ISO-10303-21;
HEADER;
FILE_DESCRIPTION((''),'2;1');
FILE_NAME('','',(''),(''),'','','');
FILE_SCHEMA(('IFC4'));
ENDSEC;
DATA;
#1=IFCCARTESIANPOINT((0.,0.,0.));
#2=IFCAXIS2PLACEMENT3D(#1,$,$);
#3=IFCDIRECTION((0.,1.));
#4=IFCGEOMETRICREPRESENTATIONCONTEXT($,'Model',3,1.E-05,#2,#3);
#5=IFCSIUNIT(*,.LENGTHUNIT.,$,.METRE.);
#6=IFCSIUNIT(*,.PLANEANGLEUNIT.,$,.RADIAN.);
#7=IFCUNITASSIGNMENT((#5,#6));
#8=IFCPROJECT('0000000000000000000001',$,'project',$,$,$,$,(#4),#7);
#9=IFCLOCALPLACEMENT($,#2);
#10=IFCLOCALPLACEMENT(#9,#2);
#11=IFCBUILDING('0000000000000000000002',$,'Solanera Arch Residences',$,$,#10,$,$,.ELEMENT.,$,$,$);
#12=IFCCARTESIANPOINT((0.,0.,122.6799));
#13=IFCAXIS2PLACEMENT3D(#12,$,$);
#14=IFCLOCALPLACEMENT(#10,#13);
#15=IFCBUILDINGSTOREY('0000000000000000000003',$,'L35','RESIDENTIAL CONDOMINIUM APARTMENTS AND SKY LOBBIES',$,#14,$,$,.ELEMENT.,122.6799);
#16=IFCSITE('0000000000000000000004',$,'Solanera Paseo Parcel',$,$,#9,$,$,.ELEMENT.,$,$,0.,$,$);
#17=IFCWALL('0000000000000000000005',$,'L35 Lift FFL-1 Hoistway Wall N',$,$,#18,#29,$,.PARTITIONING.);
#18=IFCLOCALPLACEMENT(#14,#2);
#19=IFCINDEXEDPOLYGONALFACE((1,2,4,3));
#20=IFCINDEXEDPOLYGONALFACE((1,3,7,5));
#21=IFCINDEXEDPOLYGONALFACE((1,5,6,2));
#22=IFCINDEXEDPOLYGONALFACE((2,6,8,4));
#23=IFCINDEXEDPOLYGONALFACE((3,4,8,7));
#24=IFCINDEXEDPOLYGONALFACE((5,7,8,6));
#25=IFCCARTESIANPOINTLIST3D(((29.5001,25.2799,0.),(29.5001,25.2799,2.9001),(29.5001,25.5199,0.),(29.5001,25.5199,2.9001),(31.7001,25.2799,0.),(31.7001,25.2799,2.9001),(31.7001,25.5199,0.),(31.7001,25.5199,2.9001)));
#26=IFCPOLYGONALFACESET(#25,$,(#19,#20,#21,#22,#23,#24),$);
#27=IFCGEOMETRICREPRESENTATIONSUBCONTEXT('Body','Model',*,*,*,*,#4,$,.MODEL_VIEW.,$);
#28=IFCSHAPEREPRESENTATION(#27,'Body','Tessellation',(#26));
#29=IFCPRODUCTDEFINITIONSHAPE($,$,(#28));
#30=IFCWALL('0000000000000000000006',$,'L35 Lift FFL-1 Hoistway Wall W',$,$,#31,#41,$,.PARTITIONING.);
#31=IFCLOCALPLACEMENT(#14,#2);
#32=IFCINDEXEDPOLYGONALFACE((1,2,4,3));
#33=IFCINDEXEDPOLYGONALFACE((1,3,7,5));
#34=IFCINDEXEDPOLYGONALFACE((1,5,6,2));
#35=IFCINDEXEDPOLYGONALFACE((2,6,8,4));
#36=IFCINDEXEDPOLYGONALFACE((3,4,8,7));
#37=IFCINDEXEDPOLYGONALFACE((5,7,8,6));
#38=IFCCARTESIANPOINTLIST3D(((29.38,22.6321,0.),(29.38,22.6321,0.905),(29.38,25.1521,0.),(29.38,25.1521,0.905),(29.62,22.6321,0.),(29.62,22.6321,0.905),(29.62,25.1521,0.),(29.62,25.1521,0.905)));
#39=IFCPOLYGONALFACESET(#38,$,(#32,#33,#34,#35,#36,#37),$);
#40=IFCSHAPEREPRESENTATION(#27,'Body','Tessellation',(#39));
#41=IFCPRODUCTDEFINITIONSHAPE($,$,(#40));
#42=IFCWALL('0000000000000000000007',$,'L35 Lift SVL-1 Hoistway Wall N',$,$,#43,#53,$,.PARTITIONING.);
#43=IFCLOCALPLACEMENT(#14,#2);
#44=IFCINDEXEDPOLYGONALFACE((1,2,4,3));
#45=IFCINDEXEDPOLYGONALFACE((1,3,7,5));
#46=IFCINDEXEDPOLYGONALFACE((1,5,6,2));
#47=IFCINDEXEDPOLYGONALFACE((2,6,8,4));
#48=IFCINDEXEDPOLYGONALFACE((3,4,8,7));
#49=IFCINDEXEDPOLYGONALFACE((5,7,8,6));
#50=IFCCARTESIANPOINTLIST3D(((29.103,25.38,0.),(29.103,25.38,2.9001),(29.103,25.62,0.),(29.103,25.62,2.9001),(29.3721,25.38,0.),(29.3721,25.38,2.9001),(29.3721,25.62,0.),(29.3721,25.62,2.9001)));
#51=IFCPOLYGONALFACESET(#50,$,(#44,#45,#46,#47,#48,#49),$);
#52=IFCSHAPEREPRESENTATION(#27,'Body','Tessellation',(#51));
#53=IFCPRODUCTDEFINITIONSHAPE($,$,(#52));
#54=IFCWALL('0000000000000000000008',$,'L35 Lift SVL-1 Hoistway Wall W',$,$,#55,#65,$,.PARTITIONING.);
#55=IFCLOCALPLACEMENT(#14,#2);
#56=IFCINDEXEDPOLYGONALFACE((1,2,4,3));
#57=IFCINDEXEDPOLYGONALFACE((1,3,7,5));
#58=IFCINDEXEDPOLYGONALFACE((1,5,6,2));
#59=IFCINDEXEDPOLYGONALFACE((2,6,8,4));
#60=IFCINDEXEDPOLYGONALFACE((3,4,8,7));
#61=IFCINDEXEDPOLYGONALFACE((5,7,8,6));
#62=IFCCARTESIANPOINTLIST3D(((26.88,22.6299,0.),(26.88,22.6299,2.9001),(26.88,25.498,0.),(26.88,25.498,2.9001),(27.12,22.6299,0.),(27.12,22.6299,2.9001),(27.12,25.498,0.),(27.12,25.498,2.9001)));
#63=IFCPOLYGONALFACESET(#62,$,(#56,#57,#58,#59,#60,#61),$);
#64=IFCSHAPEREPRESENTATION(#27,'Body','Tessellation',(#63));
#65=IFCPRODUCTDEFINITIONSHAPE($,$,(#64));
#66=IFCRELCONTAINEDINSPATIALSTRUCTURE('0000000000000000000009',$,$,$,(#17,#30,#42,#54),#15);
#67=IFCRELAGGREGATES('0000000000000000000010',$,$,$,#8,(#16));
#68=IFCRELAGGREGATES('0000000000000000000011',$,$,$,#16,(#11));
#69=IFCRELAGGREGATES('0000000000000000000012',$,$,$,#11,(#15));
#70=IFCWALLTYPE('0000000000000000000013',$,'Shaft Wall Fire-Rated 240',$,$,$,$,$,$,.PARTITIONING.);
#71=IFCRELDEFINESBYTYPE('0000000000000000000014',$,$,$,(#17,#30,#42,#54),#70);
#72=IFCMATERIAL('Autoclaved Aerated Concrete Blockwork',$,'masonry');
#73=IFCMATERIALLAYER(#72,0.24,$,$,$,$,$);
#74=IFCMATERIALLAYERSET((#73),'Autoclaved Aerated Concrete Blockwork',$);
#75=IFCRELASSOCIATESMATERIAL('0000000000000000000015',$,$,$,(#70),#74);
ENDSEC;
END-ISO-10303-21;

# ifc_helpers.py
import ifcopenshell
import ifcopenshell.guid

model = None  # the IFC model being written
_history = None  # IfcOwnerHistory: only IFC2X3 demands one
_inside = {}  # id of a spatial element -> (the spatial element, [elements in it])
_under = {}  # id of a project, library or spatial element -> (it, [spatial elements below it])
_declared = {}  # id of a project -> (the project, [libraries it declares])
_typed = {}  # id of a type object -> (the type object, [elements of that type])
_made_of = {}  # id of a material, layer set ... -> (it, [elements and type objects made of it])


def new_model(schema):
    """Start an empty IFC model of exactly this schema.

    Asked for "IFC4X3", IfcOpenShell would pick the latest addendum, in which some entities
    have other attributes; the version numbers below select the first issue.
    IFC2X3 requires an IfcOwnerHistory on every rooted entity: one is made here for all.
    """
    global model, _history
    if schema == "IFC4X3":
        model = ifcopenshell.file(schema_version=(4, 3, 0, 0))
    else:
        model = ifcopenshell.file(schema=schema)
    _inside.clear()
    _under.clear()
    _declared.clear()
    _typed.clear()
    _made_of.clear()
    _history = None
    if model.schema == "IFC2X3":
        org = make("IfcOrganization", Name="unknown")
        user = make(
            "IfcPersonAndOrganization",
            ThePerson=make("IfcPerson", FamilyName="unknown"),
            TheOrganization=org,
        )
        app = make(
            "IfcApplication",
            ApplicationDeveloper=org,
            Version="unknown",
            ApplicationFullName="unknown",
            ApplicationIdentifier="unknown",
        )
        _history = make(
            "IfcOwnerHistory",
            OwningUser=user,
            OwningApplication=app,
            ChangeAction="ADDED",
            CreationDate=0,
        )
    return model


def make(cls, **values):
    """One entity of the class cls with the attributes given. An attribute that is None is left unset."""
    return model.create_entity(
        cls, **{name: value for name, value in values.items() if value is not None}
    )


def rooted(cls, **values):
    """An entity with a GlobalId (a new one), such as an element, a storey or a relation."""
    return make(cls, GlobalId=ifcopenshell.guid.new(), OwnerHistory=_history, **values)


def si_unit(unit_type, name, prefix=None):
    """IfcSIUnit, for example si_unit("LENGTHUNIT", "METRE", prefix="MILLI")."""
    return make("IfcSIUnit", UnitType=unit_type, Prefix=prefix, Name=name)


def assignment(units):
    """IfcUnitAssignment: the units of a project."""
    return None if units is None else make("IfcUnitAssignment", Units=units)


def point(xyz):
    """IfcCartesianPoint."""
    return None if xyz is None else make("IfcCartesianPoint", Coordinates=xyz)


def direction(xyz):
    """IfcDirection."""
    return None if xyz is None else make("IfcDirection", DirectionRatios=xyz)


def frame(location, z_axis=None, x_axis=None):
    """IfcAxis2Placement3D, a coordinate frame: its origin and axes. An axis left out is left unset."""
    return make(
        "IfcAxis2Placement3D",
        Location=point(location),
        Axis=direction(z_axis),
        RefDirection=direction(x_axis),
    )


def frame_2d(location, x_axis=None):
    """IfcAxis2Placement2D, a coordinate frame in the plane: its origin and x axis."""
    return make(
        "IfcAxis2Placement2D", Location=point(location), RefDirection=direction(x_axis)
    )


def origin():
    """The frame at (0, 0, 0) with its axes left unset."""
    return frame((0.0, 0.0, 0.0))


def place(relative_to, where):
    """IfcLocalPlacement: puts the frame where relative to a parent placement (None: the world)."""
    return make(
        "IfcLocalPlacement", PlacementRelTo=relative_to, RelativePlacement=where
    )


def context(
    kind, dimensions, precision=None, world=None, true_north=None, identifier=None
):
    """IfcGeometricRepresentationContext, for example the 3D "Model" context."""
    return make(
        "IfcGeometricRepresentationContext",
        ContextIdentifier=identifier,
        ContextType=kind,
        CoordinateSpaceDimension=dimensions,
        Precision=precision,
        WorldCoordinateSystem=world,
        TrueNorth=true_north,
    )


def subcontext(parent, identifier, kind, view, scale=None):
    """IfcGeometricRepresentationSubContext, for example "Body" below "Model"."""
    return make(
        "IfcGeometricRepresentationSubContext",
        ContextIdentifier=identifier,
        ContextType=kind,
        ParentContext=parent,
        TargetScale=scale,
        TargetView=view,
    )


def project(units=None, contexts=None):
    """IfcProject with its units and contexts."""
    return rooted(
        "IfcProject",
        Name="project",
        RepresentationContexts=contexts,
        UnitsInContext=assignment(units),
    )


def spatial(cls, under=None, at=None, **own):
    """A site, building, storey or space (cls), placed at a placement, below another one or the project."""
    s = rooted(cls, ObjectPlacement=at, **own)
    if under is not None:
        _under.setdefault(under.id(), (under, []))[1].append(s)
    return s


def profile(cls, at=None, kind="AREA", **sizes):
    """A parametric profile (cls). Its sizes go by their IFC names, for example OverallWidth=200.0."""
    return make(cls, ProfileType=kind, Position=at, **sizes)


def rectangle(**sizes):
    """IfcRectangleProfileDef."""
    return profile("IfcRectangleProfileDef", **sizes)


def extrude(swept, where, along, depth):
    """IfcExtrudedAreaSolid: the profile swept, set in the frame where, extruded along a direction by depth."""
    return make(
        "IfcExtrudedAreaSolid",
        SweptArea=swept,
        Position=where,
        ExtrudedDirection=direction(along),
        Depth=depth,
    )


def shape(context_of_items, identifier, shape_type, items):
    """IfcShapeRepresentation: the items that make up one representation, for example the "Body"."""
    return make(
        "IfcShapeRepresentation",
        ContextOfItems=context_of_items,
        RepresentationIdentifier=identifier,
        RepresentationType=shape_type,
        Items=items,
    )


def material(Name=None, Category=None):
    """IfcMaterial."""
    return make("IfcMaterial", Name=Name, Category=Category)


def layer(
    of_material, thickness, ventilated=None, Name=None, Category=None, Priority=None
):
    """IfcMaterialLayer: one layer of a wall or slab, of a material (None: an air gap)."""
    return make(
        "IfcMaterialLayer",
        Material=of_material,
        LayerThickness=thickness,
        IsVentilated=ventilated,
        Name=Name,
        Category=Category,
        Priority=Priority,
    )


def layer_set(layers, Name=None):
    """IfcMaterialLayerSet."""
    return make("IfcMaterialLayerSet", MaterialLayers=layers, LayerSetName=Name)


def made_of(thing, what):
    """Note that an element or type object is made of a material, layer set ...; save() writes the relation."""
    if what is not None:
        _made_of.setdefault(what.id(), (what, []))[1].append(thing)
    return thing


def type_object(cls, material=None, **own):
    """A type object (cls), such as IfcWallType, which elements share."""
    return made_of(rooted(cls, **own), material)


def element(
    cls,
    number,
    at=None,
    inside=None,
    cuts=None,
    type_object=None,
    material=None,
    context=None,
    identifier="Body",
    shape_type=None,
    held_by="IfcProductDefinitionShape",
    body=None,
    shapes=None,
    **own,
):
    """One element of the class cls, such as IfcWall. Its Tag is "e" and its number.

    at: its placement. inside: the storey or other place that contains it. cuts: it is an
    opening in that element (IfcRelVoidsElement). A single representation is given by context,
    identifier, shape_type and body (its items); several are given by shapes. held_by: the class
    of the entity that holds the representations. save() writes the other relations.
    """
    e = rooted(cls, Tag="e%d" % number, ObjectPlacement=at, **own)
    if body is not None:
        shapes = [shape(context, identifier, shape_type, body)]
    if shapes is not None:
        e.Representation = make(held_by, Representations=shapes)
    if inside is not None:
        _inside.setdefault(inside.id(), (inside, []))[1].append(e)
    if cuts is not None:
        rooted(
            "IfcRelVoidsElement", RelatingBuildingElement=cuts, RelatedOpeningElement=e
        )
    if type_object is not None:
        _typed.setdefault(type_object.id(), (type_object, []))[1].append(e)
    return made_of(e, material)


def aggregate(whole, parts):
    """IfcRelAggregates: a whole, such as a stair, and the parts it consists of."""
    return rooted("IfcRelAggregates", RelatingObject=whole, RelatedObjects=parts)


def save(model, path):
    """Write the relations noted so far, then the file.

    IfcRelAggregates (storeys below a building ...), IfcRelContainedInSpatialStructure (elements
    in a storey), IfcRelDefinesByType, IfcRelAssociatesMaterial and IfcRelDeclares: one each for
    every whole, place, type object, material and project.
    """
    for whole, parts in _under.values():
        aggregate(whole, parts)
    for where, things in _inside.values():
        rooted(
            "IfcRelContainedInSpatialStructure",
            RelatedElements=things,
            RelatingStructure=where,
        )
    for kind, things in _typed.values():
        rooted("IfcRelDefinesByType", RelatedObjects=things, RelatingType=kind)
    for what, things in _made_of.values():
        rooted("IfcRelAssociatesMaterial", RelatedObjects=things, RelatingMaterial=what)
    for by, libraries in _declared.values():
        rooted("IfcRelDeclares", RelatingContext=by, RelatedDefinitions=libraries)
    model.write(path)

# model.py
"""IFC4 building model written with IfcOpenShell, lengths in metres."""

from ifc_helpers import new_model, si_unit, direction, frame, frame_2d, origin, place, context, subcontext, project, spatial, rectangle, extrude, material, layer, layer_set, type_object, element, save


model = new_model("IFC4")

# Units and contexts
model_context = context("Model", 3, precision=1e-05, world=origin(), true_north=direction((0.0, 1.0)))
body_context = subcontext(model_context, "Body", "Model", "MODEL_VIEW")
ifc_project = project(units=[si_unit("LENGTHUNIT", "METRE"), si_unit("PLANEANGLEUNIT", "RADIAN")], contexts=[model_context])

# Site, building, storey
site_placement = place(None, origin())
site = spatial("IfcSite", under=ifc_project, at=site_placement, Name="Solanera Paseo Parcel", CompositionType="ELEMENT", RefElevation=0.0)
building_placement = place(site_placement, origin())
building = spatial("IfcBuilding", under=site, at=building_placement, Name="Solanera Arch Residences", CompositionType="ELEMENT")
storey_placement = place(building_placement, frame((0.0, 0.0, 122.6799)))
storey = spatial("IfcBuildingStorey", under=building, at=storey_placement, Name="L35", Description="RESIDENTIAL CONDOMINIUM APARTMENTS AND SKY LOBBIES", CompositionType="ELEMENT", Elevation=122.6799)

# Walls
ifc_material_1 = material(Name="Autoclaved Aerated Concrete Blockwork", Category="masonry")
ifc_layer_1 = layer(ifc_material_1, 0.24)
ifc_layer_set_1 = layer_set([ifc_layer_1], Name="Autoclaved Aerated Concrete Blockwork")
wall_type_1 = type_object("IfcWallType", Name="Shaft Wall Fire-Rated 240", PredefinedType="PARTITIONING", material=ifc_layer_set_1)
wall_1_placement = place(storey_placement, frame((29.5, 25.3999, 0.0), z_axis=(0.0, 0.0, 1.0), x_axis=(1.0, 0.0, 0.0)))
element("IfcWall", 1, at=wall_1_placement, inside=storey, type_object=wall_type_1, Name="L35 Lift FFL-1 Hoistway Wall N", PredefinedType="PARTITIONING", context=body_context, shape_type="SweptSolid", body=[
    extrude(rectangle(XDim=2.2, YDim=0.24, at=frame_2d((1.1001, 0.0))), origin(), (0.0, 0.0, 1.0), 2.9001),
])
wall_2_placement = place(storey_placement, frame((29.5, 22.6321, 0.0), z_axis=(0.0, 0.0, 1.0), x_axis=(0.0, 1.0, 0.0)))
element("IfcWall", 2, at=wall_2_placement, inside=storey, type_object=wall_type_1, Name="L35 Lift FFL-1 Hoistway Wall W", PredefinedType="PARTITIONING", context=body_context, shape_type="SweptSolid", body=[
    extrude(rectangle(XDim=2.52, YDim=0.24, at=frame_2d((1.26, 0.0))), origin(), (0.0, 0.0, 1.0), 0.905),
])
wall_3_placement = place(storey_placement, frame((29.103, 25.5, 0.0), z_axis=(0.0, 0.0, 1.0), x_axis=(1.0, 0.0, 0.0)))
element("IfcWall", 3, at=wall_3_placement, inside=storey, type_object=wall_type_1, Name="L35 Lift SVL-1 Hoistway Wall N", PredefinedType="PARTITIONING", context=body_context, shape_type="SweptSolid", body=[
    extrude(rectangle(XDim=0.269, YDim=0.24, at=frame_2d((0.1345, 0.0))), origin(), (0.0, 0.0, 1.0), 2.9001),
])
wall_4_placement = place(storey_placement, frame((27.0, 22.6299, 0.0), z_axis=(0.0, 0.0, 1.0), x_axis=(0.0, 1.0, 0.0)))
element("IfcWall", 4, at=wall_4_placement, inside=storey, type_object=wall_type_1, Name="L35 Lift SVL-1 Hoistway Wall W", PredefinedType="PARTITIONING", context=body_context, shape_type="SweptSolid", body=[
    extrude(rectangle(XDim=2.8682, YDim=0.24, at=frame_2d((1.4341, 0.0))), origin(), (0.0, 0.0, 1.0), 2.9001),
])

save(model, "model.ifc")
